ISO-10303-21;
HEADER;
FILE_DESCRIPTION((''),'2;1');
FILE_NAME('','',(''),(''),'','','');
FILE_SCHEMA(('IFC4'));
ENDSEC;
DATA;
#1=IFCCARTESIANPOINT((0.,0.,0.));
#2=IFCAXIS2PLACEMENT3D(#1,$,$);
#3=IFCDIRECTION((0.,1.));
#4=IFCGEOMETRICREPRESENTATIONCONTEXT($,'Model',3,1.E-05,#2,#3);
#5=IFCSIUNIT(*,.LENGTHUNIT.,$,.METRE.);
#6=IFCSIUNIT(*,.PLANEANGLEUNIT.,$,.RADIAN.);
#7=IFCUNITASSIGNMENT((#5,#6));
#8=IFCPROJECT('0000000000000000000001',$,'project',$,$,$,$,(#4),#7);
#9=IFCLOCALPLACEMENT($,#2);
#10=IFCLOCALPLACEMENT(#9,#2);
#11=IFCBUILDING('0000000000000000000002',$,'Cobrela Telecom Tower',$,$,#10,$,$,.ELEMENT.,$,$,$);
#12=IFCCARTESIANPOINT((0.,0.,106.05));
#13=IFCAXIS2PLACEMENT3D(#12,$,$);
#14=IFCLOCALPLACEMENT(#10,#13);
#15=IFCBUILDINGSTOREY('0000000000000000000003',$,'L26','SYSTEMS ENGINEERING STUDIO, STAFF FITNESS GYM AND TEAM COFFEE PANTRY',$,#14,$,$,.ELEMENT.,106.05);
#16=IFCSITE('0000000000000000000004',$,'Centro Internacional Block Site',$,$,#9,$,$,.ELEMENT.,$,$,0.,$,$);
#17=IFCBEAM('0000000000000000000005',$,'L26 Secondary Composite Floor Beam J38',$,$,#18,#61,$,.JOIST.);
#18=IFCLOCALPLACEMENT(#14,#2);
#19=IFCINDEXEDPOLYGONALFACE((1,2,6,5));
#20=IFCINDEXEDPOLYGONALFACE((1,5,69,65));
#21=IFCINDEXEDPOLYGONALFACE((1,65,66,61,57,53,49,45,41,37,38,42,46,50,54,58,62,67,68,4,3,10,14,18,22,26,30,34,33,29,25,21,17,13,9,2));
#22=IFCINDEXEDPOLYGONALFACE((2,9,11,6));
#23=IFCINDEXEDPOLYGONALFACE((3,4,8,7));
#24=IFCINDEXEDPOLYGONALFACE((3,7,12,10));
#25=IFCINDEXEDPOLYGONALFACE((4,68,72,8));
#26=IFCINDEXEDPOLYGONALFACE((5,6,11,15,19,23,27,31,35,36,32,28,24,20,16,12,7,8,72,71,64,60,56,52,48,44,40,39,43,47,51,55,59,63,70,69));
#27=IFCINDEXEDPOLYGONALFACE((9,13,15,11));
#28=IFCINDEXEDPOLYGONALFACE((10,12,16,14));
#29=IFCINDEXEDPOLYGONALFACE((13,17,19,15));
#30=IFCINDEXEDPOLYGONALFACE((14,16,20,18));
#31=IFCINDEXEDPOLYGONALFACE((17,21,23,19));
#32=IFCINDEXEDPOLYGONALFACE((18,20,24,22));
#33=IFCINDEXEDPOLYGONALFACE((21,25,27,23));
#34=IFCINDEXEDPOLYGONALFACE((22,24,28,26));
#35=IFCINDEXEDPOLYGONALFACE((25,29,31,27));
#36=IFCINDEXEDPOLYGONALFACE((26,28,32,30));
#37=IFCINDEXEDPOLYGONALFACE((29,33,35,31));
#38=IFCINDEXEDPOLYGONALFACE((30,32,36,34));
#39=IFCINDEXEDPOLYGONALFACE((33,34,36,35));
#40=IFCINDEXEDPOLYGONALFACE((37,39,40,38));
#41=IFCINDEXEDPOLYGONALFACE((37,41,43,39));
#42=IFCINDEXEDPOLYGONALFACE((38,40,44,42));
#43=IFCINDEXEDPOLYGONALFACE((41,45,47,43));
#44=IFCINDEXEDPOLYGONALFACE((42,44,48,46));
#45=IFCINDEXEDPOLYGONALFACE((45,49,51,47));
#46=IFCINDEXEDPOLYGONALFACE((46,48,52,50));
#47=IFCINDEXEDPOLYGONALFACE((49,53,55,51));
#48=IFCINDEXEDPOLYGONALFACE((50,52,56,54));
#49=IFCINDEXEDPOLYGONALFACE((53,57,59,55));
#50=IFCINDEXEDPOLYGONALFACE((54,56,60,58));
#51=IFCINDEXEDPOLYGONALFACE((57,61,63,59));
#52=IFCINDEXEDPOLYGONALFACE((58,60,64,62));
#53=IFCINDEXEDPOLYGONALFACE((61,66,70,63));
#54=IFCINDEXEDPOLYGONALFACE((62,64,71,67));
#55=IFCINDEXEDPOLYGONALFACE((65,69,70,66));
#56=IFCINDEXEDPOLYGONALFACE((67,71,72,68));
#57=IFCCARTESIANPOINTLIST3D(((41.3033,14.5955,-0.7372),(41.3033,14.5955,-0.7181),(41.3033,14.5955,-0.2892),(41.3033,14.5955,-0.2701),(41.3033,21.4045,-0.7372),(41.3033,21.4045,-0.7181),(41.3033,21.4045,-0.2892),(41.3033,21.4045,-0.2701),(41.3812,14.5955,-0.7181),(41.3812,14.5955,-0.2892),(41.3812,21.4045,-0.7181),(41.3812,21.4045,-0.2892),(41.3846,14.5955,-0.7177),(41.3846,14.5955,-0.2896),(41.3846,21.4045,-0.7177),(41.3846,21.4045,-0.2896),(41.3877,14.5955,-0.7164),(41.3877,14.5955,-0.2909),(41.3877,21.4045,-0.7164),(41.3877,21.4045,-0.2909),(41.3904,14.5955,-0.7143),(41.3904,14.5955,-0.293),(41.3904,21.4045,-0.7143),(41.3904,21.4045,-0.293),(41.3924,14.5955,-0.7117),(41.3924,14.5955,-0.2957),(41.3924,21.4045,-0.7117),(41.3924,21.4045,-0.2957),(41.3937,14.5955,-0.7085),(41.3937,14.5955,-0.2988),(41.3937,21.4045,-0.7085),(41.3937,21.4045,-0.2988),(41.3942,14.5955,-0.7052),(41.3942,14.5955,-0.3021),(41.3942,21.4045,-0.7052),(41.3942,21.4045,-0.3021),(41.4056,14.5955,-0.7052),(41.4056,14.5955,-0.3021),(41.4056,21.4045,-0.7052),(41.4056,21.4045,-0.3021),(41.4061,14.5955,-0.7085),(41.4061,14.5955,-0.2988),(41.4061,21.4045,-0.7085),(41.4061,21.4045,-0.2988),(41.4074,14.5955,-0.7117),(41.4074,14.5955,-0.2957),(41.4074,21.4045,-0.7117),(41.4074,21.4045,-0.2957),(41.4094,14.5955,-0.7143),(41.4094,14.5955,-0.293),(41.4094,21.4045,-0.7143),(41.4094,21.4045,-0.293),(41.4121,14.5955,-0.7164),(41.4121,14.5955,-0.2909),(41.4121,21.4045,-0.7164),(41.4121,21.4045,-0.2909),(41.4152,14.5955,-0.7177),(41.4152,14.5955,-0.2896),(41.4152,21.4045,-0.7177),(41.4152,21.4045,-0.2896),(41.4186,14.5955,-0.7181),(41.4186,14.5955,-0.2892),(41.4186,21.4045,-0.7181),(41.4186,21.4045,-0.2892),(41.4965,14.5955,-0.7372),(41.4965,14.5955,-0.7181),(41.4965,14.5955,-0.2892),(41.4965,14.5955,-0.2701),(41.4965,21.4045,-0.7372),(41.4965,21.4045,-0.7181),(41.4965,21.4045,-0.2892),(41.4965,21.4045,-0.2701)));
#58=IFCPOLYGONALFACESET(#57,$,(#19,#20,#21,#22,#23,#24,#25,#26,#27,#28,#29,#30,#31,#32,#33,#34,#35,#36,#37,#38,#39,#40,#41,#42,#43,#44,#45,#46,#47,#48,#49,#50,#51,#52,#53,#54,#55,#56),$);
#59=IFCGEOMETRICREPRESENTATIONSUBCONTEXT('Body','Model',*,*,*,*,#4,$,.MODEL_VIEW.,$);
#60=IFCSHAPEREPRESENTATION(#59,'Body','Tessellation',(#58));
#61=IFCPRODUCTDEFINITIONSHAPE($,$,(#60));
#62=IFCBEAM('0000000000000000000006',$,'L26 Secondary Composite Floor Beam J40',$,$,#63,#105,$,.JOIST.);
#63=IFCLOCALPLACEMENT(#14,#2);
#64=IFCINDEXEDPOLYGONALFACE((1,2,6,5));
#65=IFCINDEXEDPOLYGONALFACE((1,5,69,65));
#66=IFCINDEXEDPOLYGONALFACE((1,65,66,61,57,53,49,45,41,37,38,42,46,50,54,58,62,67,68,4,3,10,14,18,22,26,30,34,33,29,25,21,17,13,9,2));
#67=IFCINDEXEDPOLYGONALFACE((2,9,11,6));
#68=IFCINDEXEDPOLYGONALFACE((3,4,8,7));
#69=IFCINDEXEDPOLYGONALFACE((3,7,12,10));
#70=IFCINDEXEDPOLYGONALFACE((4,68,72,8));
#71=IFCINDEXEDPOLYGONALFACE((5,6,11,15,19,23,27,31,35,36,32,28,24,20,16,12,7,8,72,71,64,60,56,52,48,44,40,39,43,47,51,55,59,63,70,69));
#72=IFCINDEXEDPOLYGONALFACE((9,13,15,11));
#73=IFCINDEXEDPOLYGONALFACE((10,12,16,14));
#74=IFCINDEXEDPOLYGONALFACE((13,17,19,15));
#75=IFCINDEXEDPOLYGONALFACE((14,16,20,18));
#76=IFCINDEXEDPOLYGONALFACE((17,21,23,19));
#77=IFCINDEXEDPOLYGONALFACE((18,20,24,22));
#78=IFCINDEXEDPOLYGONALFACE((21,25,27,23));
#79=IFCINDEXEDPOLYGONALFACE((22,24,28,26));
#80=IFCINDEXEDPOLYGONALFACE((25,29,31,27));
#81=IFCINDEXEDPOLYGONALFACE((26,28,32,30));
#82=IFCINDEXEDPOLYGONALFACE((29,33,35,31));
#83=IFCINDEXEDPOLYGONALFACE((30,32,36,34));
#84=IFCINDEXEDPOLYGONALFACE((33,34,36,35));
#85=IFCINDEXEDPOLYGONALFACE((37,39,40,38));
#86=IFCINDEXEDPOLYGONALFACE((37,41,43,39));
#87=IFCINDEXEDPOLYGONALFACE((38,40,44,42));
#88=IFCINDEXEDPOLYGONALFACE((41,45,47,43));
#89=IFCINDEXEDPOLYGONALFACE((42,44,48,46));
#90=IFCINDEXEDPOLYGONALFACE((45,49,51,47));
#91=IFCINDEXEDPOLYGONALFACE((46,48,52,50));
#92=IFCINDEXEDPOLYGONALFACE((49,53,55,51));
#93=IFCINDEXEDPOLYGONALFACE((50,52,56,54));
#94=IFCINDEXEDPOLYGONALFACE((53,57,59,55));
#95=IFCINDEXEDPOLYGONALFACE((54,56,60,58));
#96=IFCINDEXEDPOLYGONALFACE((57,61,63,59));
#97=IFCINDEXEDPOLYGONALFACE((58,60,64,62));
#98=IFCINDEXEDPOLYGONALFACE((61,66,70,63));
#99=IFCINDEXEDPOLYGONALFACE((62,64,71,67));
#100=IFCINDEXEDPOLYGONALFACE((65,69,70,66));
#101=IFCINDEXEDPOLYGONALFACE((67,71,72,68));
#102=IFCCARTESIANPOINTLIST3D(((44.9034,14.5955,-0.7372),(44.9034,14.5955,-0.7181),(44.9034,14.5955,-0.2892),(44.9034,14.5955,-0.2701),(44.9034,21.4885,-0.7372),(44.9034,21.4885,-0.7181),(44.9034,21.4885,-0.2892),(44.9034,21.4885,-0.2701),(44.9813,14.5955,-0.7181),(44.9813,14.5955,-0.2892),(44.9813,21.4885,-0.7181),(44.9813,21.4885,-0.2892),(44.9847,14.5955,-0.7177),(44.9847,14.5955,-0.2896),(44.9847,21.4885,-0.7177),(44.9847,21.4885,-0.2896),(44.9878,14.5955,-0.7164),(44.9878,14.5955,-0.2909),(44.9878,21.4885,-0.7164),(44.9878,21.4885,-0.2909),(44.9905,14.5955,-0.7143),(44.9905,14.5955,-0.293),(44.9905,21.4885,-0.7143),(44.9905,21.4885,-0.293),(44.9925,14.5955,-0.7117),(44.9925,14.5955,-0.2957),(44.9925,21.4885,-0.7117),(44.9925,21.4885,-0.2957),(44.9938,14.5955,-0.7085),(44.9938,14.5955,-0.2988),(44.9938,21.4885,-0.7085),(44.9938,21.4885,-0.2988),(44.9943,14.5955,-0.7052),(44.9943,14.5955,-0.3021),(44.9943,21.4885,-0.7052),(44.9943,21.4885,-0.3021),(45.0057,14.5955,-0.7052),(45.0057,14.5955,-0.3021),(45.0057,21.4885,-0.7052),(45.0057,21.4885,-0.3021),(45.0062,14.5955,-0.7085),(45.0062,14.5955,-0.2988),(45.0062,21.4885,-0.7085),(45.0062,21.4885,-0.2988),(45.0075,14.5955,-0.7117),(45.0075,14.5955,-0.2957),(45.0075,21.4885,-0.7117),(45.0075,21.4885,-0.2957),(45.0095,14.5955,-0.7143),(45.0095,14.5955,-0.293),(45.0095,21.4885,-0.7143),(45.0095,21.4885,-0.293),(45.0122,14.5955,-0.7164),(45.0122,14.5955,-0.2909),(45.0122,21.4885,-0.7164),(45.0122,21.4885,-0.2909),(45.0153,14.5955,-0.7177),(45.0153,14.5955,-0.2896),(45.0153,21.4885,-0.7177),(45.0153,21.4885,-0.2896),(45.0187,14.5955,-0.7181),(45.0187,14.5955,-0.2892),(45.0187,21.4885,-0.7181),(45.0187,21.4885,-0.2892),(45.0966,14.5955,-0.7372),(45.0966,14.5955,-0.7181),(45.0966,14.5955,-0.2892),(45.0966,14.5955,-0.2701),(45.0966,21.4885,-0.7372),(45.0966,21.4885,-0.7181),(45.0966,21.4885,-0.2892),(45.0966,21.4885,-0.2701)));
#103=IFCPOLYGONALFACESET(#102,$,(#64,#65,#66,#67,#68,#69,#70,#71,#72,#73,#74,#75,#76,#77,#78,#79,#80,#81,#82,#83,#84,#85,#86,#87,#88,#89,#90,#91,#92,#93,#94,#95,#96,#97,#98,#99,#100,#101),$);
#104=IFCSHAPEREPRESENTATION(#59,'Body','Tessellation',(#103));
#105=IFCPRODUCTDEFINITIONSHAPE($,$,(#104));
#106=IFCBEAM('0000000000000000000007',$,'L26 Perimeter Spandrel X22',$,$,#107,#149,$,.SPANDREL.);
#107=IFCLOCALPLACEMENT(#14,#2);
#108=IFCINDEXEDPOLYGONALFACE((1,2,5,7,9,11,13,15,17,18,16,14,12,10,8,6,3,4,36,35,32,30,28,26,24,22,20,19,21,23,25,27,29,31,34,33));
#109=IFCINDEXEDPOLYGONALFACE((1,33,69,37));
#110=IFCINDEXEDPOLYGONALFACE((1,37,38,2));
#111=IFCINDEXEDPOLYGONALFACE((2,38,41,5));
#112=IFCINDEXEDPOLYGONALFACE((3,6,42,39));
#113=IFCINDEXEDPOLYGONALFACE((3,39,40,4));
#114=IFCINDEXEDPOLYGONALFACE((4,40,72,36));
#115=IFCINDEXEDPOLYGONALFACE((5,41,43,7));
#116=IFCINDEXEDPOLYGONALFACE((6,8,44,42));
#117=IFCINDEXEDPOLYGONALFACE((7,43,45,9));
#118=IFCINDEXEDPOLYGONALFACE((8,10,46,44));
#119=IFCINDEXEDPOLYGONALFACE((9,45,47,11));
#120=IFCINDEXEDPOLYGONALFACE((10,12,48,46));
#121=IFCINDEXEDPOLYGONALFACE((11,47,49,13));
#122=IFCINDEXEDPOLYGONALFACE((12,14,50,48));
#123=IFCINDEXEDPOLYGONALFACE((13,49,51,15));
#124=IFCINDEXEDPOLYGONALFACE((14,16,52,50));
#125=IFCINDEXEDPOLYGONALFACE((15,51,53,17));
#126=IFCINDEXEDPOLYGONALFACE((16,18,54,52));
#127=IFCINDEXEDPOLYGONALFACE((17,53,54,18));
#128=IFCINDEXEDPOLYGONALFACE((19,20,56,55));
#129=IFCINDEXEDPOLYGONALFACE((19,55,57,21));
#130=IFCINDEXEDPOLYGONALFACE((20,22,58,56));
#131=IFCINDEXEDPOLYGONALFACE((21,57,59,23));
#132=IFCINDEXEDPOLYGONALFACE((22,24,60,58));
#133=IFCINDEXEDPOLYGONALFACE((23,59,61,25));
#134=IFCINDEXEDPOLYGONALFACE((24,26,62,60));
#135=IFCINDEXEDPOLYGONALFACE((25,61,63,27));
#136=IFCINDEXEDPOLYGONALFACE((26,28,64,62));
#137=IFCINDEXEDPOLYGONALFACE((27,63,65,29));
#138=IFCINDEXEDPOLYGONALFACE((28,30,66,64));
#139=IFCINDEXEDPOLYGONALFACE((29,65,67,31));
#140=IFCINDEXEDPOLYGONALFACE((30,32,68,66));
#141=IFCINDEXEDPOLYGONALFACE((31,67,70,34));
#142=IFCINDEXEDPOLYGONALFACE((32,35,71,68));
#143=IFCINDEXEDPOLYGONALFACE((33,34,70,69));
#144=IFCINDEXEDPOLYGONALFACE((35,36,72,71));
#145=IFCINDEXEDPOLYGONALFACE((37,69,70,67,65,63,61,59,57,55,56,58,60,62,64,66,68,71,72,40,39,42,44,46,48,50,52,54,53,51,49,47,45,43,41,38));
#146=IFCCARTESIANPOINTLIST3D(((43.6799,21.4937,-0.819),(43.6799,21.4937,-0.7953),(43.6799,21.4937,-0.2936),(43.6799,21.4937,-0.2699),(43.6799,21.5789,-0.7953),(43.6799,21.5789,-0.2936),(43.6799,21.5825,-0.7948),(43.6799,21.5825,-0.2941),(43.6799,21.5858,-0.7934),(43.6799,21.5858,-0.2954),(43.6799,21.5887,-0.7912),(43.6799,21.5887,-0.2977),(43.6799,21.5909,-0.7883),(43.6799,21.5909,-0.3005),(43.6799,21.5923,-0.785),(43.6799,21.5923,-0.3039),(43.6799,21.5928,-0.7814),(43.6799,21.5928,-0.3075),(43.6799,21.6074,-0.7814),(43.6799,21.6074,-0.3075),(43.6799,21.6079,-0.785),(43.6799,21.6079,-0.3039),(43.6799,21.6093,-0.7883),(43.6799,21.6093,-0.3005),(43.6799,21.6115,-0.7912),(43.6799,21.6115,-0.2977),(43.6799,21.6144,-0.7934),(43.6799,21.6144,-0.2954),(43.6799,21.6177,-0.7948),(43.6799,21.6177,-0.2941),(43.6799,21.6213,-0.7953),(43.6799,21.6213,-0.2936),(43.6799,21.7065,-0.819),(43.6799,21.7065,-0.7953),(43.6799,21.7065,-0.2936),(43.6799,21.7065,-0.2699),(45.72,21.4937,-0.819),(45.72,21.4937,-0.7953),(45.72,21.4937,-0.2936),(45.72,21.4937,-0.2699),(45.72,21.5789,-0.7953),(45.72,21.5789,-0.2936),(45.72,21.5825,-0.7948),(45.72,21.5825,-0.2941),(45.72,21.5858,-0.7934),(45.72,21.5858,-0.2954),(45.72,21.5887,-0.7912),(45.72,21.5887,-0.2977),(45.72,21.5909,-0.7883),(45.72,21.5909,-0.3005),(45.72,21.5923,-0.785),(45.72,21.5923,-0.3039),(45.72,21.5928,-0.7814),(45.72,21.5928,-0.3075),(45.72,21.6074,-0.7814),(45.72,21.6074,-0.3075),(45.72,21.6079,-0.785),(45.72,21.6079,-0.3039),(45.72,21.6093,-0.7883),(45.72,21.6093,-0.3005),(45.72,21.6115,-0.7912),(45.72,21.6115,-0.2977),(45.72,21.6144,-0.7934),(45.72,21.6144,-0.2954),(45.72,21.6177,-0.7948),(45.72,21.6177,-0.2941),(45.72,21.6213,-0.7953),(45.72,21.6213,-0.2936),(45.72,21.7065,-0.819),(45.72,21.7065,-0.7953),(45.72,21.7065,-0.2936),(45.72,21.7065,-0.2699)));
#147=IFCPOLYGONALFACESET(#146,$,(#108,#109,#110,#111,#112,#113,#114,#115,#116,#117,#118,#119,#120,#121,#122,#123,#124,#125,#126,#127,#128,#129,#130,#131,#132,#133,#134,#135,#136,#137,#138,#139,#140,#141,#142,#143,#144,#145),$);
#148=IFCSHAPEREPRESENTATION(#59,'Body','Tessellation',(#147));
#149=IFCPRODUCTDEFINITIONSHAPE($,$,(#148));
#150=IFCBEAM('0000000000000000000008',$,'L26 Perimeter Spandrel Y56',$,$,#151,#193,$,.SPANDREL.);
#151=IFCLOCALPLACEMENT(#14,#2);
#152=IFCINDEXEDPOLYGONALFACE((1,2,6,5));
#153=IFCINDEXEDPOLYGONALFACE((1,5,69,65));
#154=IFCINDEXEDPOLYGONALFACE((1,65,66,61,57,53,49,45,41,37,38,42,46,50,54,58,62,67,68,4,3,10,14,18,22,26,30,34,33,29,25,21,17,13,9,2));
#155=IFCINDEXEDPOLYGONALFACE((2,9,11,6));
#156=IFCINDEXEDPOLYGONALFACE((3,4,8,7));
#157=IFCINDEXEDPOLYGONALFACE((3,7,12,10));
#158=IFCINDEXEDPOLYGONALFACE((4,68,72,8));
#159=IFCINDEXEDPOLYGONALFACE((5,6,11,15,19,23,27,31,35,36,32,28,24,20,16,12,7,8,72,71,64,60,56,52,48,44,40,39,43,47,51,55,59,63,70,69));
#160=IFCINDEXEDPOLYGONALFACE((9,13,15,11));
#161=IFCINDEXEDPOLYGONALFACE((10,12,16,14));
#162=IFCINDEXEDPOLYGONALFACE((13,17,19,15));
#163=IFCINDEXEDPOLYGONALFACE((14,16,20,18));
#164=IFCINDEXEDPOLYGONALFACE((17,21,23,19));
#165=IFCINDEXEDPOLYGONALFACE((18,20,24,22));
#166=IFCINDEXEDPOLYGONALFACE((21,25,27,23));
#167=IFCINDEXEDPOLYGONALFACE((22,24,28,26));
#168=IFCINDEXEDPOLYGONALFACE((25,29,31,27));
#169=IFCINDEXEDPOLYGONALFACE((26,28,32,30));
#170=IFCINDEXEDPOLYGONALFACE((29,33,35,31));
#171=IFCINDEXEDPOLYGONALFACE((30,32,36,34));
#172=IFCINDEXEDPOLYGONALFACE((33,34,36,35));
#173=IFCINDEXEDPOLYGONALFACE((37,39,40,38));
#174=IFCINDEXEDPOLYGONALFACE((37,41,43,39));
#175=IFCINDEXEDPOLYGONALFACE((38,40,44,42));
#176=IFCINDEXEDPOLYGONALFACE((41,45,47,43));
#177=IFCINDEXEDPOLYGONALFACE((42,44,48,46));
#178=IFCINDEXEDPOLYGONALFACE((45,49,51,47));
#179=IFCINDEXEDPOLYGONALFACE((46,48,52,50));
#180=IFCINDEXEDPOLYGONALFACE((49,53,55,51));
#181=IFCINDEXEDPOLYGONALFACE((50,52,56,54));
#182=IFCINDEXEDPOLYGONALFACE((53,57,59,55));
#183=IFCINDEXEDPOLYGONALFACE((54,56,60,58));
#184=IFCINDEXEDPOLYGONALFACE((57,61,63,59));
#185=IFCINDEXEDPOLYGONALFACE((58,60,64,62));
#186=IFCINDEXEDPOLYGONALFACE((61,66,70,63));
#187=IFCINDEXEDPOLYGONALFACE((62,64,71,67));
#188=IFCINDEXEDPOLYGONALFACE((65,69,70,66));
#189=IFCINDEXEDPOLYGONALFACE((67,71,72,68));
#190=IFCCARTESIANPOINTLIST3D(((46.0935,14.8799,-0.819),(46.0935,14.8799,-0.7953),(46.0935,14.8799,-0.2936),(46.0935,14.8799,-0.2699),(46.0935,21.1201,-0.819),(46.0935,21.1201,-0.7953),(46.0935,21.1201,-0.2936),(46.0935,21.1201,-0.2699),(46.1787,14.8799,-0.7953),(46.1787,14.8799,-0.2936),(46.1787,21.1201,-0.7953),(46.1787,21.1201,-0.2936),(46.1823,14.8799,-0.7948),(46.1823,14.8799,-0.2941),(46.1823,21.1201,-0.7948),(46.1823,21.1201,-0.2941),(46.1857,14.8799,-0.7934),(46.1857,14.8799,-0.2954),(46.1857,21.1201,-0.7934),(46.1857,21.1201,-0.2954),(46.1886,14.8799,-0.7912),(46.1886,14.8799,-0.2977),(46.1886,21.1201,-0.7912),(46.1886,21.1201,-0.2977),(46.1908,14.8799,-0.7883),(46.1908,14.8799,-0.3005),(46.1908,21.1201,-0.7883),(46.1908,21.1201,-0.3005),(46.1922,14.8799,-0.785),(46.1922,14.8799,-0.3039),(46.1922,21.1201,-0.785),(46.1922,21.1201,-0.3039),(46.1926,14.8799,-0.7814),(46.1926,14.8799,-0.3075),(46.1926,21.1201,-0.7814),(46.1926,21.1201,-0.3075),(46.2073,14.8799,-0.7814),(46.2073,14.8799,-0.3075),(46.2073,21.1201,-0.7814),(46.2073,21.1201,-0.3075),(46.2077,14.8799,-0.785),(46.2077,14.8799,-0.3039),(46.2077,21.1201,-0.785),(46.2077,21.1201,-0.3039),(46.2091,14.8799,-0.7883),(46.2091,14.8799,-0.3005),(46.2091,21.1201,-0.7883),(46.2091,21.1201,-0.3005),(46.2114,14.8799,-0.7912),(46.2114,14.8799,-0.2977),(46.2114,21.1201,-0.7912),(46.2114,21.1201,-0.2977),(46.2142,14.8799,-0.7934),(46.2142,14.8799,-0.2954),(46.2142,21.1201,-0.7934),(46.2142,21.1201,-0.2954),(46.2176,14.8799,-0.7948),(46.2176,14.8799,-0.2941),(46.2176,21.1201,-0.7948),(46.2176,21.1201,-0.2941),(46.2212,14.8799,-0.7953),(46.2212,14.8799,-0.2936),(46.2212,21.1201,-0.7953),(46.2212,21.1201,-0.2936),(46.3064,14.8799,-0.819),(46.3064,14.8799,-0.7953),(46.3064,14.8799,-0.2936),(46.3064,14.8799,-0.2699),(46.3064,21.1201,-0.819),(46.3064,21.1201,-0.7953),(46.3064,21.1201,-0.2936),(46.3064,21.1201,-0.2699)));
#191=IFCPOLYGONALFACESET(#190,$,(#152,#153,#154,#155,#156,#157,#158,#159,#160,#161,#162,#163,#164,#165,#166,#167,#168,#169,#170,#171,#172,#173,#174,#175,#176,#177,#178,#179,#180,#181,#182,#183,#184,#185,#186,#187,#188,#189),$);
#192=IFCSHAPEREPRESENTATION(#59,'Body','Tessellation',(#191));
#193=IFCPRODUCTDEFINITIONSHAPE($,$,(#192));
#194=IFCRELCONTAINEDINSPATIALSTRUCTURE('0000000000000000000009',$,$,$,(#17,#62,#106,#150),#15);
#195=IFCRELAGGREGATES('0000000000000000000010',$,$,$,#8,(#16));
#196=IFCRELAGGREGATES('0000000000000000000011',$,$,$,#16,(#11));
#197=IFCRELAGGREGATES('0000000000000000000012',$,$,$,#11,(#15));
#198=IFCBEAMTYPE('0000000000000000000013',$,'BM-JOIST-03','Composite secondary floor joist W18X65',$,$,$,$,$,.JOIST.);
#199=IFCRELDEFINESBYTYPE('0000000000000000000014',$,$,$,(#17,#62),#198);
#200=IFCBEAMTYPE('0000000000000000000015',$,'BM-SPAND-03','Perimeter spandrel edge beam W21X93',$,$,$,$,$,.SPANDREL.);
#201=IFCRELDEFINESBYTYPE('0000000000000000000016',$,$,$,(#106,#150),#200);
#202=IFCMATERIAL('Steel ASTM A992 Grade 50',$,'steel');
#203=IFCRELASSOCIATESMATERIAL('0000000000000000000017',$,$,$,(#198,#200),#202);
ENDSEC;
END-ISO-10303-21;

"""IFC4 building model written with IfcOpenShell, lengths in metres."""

from ifc_helpers import new_model, si_unit, direction, frame, origin, origin_2d, place, context, subcontext, project, spatial, i_section, extrude, material, material_profile, profile_set, type_object, element, save


model = new_model("IFC4")

# Units and contexts
model_context = context("Model", 3, precision=1e-05, world=origin(), true_north=direction((0.0, 1.0)))
body_context = subcontext(model_context, "Body", "Model", "MODEL_VIEW")
ifc_project = project(units=[si_unit("LENGTHUNIT", "METRE"), si_unit("PLANEANGLEUNIT", "RADIAN")], contexts=[model_context])

# Site, building, storey
site_placement = place(None, origin())
site = spatial("IfcSite", under=ifc_project, at=site_placement, Name="Centro Internacional Block Site", CompositionType="ELEMENT", RefElevation=0.0)
building_placement = place(site_placement, origin())
building = spatial("IfcBuilding", under=site, at=building_placement, Name="Cobrela Telecom Tower", CompositionType="ELEMENT")
storey_placement = place(building_placement, frame((0.0, 0.0, 106.05)))
storey = spatial("IfcBuildingStorey", under=building, at=storey_placement, Name="L26", Description="SYSTEMS ENGINEERING STUDIO, STAFF FITNESS GYM AND TEAM COFFEE PANTRY", CompositionType="ELEMENT", Elevation=106.05)

# Beams
ifc_material_1 = material(Name="Steel ASTM A992 Grade 50", Category="steel")
ifc_material_profile_1 = material_profile(ifc_material_1, i_section(OverallWidth=0.1931, OverallDepth=0.467, WebThickness=0.0115, FlangeThickness=0.019, FilletRadius=0.0129, at=origin_2d()), Name="W18X65")
ifc_profile_set_1 = profile_set([ifc_material_profile_1], Name="Steel ASTM A992 Grade 50")
beam_type_1 = type_object("IfcBeamType", Name="BM-JOIST-03", Description="Composite secondary floor joist W18X65", PredefinedType="JOIST", material=ifc_profile_set_1)
for number, where, z_axis, x_axis, name in (
    (1, (41.3999, 14.5955, -0.5037), (0.0, 1.0, 0.0), (-1.0, 0.0, 0.0), "L26 Secondary Composite Floor Beam J38"),
):
    element("IfcBeam", number, at=place(storey_placement, frame(where, z_axis=z_axis, x_axis=x_axis)), inside=storey, type_object=beam_type_1, Name=name, PredefinedType="JOIST", context=body_context, shape_type="SweptSolid", body=[
        extrude(i_section(OverallWidth=0.1931, OverallDepth=0.467, WebThickness=0.0115, FlangeThickness=0.019, FilletRadius=0.0129, at=origin_2d()), origin(), (0.0, 0.0, 1.0), 6.8091),
    ])
beam_1_placement = place(storey_placement, frame((45.0, 14.5955, -0.5037), z_axis=(0.0, 1.0, 0.0), x_axis=(-1.0, 0.0, 0.0)))
element("IfcBeam", 2, at=beam_1_placement, inside=storey, type_object=beam_type_1, Name="L26 Secondary Composite Floor Beam J40", PredefinedType="JOIST", context=body_context, shape_type="SweptSolid", body=[
    extrude(i_section(OverallWidth=0.1931, OverallDepth=0.467, WebThickness=0.0115, FlangeThickness=0.019, FilletRadius=0.0129, at=origin_2d()), origin(), (0.0, 0.0, 1.0), 6.8931),
])
ifc_material_profile_2 = material_profile(ifc_material_1, i_section(OverallWidth=0.2129, OverallDepth=0.5491, WebThickness=0.0146, FlangeThickness=0.0237, FilletRadius=0.0139, at=origin_2d()), Name="W21X93")
ifc_profile_set_2 = profile_set([ifc_material_profile_2], Name="Steel ASTM A992 Grade 50")
beam_type_2 = type_object("IfcBeamType", Name="BM-SPAND-03", Description="Perimeter spandrel edge beam W21X93", PredefinedType="SPANDREL", material=ifc_profile_set_2)
beam_2_placement = place(storey_placement, frame((43.6799, 21.6001, -0.5444), z_axis=(1.0, 0.0, 0.0), x_axis=(0.0, 1.0, 0.0)))
element("IfcBeam", 3, at=beam_2_placement, inside=storey, type_object=beam_type_2, Name="L26 Perimeter Spandrel X22", PredefinedType="SPANDREL", context=body_context, shape_type="SweptSolid", body=[
    extrude(i_section(OverallWidth=0.2129, OverallDepth=0.5491, WebThickness=0.0146, FlangeThickness=0.0237, FilletRadius=0.0139, at=origin_2d()), origin(), (0.0, 0.0, 1.0), 2.04),
])
beam_3_placement = place(storey_placement, frame((46.2, 14.8799, -0.5444), z_axis=(0.0, 1.0, 0.0), x_axis=(-1.0, 0.0, 0.0)))
element("IfcBeam", 4, at=beam_3_placement, inside=storey, type_object=beam_type_2, Name="L26 Perimeter Spandrel Y56", PredefinedType="SPANDREL", context=body_context, shape_type="SweptSolid", body=[
    extrude(i_section(OverallWidth=0.2129, OverallDepth=0.5491, WebThickness=0.0146, FlangeThickness=0.0237, FilletRadius=0.0139, at=origin_2d()), origin(), (0.0, 0.0, 1.0), 6.2402),
])

save(model, "model.ifc")
